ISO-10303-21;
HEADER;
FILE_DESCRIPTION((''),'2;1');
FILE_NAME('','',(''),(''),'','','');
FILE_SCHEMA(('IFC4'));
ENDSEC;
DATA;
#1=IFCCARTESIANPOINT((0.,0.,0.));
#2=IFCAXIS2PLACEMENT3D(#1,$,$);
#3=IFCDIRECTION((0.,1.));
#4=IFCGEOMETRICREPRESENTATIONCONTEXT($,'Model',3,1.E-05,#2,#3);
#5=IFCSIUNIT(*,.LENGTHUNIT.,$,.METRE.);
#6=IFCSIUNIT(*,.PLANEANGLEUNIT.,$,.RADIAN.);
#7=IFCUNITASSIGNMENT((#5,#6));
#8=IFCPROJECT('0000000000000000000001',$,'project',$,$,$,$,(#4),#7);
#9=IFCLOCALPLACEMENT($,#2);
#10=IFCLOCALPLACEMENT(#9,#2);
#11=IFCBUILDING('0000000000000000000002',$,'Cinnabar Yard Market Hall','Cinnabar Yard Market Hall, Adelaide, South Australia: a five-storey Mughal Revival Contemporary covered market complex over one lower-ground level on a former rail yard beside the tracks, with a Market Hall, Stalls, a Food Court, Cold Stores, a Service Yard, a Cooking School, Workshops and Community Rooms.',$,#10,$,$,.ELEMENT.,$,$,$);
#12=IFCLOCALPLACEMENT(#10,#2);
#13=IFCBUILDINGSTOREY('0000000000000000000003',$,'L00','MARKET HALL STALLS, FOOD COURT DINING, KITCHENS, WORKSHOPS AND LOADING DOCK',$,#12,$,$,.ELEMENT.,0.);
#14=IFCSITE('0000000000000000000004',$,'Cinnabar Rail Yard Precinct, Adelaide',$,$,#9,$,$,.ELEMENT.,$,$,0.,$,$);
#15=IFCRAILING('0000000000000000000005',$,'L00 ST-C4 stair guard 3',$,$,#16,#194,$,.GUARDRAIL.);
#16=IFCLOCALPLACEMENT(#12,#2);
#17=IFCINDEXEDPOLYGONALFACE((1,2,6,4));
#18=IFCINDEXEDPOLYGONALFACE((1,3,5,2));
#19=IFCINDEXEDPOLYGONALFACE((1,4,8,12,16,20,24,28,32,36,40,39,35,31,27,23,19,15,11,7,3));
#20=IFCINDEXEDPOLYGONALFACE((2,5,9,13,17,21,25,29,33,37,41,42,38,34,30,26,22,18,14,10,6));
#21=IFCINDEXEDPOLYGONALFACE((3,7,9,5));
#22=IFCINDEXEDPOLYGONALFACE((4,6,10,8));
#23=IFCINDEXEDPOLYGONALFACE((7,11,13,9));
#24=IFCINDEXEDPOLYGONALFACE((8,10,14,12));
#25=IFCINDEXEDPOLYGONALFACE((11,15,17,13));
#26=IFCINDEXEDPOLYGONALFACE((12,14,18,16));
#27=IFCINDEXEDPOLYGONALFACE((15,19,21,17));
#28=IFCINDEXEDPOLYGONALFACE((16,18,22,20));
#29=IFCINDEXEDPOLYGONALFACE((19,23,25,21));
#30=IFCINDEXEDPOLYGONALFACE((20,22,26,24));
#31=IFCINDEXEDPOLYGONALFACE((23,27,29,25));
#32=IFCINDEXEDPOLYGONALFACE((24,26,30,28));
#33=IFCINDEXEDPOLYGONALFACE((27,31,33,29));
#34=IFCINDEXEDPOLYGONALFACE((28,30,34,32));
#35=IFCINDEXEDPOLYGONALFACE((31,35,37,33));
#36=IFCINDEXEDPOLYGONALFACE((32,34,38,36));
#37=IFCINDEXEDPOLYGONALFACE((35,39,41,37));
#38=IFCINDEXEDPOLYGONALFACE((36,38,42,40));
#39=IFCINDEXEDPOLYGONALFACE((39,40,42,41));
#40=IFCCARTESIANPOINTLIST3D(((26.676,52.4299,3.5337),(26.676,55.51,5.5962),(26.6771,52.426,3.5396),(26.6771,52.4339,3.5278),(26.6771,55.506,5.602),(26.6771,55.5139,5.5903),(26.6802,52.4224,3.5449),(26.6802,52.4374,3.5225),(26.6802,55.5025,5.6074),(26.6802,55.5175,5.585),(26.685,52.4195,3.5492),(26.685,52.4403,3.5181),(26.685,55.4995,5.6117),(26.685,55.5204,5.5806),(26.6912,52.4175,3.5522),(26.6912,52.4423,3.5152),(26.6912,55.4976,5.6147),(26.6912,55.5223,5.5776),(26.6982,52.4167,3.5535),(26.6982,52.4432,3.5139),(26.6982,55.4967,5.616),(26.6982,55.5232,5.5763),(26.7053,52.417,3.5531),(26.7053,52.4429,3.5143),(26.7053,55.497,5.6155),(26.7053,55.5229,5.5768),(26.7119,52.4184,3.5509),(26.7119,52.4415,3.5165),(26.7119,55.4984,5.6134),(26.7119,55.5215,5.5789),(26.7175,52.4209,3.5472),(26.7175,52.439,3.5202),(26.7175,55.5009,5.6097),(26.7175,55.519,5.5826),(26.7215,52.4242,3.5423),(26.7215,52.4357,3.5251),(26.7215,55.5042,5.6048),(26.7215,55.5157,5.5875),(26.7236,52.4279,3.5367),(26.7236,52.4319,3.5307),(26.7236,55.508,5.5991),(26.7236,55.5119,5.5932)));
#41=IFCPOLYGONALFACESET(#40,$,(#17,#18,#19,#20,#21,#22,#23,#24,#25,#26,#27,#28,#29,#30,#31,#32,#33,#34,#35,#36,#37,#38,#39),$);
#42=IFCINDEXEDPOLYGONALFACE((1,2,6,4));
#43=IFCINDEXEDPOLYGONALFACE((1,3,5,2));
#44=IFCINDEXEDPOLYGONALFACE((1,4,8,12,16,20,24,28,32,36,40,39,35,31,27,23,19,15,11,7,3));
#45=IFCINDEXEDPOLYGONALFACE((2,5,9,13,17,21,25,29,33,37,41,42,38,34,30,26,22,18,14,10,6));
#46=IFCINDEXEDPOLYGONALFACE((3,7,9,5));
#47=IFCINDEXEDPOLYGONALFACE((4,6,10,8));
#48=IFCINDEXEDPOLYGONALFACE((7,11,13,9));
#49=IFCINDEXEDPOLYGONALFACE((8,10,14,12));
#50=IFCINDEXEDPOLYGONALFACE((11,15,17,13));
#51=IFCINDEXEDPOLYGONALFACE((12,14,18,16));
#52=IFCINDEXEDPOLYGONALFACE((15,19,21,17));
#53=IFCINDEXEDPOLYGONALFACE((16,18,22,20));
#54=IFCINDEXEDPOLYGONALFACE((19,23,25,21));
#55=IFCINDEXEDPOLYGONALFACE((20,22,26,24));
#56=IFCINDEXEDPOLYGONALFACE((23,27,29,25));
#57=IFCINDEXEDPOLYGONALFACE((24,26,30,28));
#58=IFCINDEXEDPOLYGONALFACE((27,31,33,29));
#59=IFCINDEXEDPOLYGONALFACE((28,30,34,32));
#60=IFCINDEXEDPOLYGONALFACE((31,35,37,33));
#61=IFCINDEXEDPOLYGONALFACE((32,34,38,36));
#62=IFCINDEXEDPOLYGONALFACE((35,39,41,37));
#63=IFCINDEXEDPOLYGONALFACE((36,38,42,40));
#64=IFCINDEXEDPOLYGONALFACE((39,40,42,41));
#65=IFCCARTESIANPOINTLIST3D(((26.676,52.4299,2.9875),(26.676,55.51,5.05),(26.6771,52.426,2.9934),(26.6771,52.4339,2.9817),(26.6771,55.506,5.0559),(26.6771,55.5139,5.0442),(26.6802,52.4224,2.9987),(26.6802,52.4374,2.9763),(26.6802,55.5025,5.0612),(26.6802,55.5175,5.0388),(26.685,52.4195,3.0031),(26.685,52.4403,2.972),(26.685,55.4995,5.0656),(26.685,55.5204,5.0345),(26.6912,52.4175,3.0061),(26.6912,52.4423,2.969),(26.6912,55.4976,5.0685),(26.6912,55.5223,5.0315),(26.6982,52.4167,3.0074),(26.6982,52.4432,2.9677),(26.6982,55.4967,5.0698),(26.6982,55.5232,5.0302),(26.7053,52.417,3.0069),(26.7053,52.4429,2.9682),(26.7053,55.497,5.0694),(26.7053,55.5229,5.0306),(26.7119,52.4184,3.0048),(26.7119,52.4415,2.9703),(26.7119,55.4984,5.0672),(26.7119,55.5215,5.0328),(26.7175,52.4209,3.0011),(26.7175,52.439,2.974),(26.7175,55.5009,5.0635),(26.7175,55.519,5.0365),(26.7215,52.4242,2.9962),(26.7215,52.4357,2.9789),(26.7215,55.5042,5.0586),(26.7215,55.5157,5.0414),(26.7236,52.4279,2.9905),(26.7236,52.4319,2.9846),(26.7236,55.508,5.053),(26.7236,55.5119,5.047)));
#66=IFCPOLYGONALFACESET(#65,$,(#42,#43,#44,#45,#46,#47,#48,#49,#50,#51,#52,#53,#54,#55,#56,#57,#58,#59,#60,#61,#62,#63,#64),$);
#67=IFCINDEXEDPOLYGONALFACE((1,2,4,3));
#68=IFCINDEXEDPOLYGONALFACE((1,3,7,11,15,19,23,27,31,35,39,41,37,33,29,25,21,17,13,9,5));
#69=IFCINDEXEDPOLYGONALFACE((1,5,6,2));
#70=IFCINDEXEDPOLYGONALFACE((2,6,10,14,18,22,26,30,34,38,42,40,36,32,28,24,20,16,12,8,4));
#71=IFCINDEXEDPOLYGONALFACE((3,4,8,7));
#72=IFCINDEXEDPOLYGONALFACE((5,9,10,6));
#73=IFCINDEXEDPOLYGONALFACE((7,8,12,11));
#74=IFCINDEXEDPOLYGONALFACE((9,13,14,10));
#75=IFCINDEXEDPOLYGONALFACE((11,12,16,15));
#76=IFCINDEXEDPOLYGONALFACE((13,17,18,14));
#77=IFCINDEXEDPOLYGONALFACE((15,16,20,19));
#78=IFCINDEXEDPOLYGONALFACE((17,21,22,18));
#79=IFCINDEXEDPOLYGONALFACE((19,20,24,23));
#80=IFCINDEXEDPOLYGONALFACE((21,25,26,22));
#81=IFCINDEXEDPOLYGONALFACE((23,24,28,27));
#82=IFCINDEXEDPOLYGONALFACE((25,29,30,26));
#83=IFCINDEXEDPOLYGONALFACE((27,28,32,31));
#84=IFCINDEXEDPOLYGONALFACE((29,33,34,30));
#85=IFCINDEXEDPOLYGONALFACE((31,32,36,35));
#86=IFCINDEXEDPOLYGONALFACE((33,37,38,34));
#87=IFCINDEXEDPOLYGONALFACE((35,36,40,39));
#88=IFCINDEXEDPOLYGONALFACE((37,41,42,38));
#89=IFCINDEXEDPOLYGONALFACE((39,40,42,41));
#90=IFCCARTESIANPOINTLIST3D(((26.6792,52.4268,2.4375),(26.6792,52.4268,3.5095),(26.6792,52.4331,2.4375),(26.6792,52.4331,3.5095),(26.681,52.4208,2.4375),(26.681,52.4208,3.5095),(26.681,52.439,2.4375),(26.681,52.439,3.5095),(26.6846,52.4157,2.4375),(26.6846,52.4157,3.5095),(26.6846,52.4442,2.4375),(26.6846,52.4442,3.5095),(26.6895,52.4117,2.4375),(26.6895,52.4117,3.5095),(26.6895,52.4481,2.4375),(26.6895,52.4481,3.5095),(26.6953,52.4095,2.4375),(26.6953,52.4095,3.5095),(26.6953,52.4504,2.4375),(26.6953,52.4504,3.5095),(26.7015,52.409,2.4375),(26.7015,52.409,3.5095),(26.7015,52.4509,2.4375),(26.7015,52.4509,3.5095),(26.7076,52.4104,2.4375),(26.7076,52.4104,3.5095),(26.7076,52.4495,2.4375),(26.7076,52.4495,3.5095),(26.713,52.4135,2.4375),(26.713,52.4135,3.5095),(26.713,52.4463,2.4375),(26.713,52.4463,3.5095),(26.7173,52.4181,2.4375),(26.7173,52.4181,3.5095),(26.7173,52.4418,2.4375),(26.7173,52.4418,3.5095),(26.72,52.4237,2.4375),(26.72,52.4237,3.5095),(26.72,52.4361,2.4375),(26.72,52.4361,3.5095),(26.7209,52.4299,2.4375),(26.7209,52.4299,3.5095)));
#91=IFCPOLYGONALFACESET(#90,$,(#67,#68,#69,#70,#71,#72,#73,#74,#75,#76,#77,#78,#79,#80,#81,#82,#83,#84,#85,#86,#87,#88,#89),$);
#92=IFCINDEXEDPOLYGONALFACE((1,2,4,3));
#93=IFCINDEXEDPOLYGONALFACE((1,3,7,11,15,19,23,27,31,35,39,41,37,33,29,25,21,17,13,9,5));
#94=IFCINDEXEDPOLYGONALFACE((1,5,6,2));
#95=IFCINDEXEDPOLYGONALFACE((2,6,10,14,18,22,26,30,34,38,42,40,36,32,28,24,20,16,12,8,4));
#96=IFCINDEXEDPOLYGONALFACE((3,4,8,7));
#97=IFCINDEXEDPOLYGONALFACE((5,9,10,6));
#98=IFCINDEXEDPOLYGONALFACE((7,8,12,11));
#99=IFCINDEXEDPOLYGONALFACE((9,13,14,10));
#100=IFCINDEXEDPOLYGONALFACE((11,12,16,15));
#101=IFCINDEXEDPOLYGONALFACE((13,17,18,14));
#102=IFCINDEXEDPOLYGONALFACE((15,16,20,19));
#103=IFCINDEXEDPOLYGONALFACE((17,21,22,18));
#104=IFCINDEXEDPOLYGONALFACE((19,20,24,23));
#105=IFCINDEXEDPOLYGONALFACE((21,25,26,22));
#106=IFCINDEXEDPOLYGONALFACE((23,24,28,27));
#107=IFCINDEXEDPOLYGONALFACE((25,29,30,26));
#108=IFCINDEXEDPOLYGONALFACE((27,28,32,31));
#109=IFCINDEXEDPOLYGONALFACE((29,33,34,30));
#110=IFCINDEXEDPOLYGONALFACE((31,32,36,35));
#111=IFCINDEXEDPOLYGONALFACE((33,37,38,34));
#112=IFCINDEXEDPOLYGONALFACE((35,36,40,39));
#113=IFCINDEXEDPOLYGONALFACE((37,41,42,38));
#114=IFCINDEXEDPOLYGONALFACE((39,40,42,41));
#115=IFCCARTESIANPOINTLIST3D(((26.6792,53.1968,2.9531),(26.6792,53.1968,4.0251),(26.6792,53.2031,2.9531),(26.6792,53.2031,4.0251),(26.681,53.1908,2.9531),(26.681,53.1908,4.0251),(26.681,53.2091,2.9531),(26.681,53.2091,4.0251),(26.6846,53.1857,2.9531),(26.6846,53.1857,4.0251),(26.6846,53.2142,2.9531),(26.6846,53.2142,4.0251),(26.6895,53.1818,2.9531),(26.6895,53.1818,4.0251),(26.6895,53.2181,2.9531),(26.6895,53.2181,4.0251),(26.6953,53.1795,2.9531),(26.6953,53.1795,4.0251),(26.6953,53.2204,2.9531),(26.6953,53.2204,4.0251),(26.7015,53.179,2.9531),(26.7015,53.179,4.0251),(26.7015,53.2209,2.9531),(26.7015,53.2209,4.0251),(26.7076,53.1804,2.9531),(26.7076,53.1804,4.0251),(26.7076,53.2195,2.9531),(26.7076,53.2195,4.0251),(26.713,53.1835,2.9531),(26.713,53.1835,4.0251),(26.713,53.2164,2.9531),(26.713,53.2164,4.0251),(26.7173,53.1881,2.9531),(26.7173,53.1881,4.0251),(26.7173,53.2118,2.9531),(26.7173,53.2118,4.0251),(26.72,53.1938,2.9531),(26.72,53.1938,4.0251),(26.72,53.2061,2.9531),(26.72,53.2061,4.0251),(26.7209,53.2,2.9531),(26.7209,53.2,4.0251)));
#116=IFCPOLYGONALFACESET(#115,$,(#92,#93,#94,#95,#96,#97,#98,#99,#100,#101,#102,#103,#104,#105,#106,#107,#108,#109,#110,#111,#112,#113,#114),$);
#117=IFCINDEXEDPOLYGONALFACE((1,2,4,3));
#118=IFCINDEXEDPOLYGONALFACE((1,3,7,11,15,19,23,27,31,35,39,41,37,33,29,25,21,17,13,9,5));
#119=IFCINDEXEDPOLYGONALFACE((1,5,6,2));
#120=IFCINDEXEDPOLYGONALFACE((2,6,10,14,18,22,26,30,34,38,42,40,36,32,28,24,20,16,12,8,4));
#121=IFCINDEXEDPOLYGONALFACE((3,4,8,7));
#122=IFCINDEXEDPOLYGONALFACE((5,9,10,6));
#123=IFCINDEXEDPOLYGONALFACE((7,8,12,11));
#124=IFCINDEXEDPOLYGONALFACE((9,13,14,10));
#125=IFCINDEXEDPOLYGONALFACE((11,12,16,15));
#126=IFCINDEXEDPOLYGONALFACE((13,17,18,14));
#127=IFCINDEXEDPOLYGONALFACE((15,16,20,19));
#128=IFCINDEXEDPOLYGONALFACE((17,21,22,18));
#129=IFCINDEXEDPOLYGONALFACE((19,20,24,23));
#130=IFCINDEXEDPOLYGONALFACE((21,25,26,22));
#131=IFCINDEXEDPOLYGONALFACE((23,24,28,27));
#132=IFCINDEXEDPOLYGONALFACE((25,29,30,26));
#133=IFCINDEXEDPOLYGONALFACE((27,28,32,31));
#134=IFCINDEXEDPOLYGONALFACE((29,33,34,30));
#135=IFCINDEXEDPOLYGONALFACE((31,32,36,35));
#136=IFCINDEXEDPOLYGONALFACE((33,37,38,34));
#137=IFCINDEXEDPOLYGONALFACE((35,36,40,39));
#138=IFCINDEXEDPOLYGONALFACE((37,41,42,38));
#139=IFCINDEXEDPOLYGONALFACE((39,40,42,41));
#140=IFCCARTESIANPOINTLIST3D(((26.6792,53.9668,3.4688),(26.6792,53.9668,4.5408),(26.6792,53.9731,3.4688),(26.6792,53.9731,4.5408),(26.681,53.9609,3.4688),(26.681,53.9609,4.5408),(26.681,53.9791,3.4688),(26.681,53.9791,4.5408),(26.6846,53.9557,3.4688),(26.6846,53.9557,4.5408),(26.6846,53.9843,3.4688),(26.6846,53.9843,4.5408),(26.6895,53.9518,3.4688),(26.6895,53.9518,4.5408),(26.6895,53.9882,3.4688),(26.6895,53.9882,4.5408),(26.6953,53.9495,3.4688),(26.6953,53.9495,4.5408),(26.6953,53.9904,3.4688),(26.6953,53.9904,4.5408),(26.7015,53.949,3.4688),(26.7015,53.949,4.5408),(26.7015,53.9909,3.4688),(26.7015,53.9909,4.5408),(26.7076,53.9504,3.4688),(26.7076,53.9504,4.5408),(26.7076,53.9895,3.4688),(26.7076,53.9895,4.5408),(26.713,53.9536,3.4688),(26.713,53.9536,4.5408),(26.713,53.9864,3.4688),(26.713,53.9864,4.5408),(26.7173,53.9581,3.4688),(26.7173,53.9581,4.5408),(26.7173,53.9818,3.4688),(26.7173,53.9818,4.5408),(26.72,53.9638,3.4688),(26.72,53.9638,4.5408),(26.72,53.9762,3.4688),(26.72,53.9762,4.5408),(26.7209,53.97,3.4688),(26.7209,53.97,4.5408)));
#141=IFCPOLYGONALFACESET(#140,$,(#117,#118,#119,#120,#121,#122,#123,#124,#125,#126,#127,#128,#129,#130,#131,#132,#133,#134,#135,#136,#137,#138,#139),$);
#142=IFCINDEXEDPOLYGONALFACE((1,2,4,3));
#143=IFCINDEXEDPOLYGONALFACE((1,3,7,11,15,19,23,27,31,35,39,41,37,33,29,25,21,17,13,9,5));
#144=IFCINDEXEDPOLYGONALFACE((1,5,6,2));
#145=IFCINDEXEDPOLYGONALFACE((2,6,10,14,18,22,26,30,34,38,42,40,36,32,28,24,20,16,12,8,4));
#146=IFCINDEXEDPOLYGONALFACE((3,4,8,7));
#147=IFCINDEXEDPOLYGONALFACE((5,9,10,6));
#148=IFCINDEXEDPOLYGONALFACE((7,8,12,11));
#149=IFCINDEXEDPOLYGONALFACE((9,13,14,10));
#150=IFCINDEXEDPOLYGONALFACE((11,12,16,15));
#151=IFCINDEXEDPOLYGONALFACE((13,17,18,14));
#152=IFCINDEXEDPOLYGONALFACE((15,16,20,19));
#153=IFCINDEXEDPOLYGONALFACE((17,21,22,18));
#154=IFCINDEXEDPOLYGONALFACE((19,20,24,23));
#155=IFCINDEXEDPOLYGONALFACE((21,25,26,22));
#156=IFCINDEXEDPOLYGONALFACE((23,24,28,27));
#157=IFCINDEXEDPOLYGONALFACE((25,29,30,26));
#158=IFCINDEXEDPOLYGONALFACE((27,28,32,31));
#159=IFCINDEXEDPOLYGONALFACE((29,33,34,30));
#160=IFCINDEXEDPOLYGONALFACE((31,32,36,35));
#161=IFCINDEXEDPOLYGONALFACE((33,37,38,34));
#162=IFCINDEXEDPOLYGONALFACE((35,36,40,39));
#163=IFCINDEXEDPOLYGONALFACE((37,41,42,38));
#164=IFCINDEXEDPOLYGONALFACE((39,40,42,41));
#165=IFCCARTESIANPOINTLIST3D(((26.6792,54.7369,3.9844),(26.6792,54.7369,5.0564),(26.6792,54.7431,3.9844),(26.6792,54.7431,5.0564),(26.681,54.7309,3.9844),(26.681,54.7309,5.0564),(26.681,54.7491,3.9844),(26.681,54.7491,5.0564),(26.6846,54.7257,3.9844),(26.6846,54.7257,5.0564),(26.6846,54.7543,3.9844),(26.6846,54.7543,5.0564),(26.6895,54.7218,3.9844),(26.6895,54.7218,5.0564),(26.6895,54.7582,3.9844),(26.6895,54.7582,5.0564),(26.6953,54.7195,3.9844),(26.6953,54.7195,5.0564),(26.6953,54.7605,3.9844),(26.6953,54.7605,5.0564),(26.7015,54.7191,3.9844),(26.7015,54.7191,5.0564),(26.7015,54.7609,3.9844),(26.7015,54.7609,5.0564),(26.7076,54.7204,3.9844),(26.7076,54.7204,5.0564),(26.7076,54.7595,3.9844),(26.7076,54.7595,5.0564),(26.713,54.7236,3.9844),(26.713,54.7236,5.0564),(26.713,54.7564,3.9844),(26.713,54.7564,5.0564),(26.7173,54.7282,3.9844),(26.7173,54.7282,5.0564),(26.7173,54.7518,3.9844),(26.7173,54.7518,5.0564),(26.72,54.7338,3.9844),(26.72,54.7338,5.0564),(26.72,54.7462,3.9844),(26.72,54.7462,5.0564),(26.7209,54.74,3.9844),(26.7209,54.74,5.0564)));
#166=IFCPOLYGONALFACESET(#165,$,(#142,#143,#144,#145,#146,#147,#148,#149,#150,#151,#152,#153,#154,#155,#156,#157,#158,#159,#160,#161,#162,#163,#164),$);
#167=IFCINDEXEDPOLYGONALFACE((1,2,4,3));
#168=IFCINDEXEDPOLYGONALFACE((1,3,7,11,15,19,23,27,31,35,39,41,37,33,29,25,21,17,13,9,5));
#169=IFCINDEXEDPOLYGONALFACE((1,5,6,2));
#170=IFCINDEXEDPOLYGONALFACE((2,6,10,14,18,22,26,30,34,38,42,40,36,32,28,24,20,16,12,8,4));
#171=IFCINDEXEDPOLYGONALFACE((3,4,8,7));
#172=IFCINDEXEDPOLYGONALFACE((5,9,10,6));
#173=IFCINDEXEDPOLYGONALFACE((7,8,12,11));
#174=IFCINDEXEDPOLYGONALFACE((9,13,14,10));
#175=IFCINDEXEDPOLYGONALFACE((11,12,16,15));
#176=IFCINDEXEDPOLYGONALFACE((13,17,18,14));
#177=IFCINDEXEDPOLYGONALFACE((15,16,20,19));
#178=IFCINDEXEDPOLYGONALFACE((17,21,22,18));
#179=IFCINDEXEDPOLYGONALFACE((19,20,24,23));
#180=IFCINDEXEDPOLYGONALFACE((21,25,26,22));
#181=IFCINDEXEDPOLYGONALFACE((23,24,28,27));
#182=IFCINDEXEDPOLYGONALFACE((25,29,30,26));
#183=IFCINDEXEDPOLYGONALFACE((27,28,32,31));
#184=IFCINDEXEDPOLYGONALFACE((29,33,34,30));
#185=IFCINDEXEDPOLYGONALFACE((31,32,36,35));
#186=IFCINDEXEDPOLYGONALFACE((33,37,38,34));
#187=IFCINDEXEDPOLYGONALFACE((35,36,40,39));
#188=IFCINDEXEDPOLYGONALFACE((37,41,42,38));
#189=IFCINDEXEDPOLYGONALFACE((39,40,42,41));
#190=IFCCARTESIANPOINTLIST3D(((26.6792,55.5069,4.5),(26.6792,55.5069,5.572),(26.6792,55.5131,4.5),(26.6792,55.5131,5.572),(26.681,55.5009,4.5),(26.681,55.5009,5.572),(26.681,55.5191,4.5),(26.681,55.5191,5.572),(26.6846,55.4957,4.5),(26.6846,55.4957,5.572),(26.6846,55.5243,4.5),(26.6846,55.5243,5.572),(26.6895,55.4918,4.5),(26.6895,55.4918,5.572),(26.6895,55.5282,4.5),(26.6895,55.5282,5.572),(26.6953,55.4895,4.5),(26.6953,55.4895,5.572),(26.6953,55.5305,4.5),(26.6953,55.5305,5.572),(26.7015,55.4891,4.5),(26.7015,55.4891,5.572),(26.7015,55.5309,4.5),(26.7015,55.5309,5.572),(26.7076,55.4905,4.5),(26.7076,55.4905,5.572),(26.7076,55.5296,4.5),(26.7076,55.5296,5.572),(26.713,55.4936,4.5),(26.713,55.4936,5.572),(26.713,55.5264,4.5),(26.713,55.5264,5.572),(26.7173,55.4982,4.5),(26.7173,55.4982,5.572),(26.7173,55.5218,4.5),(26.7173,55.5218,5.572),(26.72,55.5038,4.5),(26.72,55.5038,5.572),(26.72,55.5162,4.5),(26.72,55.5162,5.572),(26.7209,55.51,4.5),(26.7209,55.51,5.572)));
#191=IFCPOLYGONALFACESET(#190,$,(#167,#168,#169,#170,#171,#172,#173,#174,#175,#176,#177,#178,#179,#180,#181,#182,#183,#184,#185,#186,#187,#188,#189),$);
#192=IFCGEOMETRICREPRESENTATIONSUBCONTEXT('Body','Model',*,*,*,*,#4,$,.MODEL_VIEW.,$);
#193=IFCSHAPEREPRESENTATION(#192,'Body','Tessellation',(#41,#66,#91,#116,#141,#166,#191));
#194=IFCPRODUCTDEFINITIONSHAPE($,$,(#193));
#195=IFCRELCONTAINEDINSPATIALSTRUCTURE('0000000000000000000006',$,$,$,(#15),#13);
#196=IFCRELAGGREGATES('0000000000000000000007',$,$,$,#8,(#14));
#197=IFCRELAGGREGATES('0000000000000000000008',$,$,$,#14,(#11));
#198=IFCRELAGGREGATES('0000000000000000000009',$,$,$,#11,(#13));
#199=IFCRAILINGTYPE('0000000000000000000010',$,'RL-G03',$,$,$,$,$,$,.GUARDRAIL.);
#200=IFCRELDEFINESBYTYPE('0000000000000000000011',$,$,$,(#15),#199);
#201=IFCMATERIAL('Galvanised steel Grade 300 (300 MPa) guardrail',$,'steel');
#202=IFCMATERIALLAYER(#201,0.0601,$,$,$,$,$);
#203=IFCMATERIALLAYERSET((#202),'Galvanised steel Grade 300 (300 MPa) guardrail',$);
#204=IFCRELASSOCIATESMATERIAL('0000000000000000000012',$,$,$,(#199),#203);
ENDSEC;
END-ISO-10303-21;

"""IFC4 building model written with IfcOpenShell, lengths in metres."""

from ifc_helpers import new_model, si_unit, direction, frame, origin, origin_2d_with_axis, place, context, subcontext, project, spatial, circle, extrude, material, layer, layer_set, type_object, element, save


model = new_model("IFC4")

# Units and contexts
model_context = context("Model", 3, precision=1e-05, world=origin(), true_north=direction((0.0, 1.0)))
body_context = subcontext(model_context, "Body", "Model", "MODEL_VIEW")
ifc_project = project(units=[si_unit("LENGTHUNIT", "METRE"), si_unit("PLANEANGLEUNIT", "RADIAN")], contexts=[model_context])

# Site, building, storey
site_placement = place(None, origin())
site = spatial("IfcSite", under=ifc_project, at=site_placement, Name="Cinnabar Rail Yard Precinct, Adelaide", CompositionType="ELEMENT", RefElevation=0.0)
building_placement = place(site_placement, origin())
building = spatial("IfcBuilding", under=site, at=building_placement, Name="Cinnabar Yard Market Hall", Description="Cinnabar Yard Market Hall, Adelaide, South Australia: a five-storey Mughal Revival Contemporary covered market complex over one lower-ground level on a former rail yard beside the tracks, with a Market Hall, Stalls, a Food Court, Cold Stores, a Service Yard, a Cooking School, Workshops and Community Rooms.", CompositionType="ELEMENT")
storey_placement = place(building_placement, origin())
storey = spatial("IfcBuildingStorey", under=building, at=storey_placement, Name="L00", Description="MARKET HALL STALLS, FOOD COURT DINING, KITCHENS, WORKSHOPS AND LOADING DOCK", CompositionType="ELEMENT", Elevation=0.0)

# Railing
ifc_material_1 = material(Name="Galvanised steel Grade 300 (300 MPa) guardrail", Category="steel")
ifc_layer_1 = layer(ifc_material_1, 0.0601)
ifc_layer_set_1 = layer_set([ifc_layer_1], Name="Galvanised steel Grade 300 (300 MPa) guardrail")
railing_type_1 = type_object("IfcRailingType", Name="RL-G03", PredefinedType="GUARDRAIL", material=ifc_layer_set_1)
railing_1_placement = place(storey_placement, frame((26.7, 52.4299, 2.4375)))
element("IfcRailing", 1, at=railing_1_placement, inside=storey, type_object=railing_type_1, Name="L00 ST-C4 stair guard 3", PredefinedType="GUARDRAIL", context=body_context, shape_type="SweptSolid", body=[
    extrude(circle(Radius=0.0239, at=origin_2d_with_axis()), frame((0.0, 0.0, 1.0962), z_axis=(0.0, 0.830914, 0.556401), x_axis=(-1.0, 0.0, 0.0)), (0.0, 0.0, 1.0), 3.7068),
    extrude(circle(Radius=0.0239, at=origin_2d_with_axis()), frame((0.0, 0.0, 0.55), z_axis=(0.0, 0.830914, 0.556401), x_axis=(-1.0, 0.0, 0.0)), (0.0, 0.0, 1.0), 3.7068),
    extrude(circle(Radius=0.021, at=origin_2d_with_axis()), origin(), (0.0, 0.0, 1.0), 1.072),
    extrude(circle(Radius=0.021, at=origin_2d_with_axis()), frame((0.0, 0.77, 0.5156)), (0.0, 0.0, 1.0), 1.072),
    extrude(circle(Radius=0.021, at=origin_2d_with_axis()), frame((0.0, 1.54, 1.0312)), (0.0, 0.0, 1.0), 1.072),
    extrude(circle(Radius=0.021, at=origin_2d_with_axis()), frame((0.0, 2.3101, 1.5469)), (0.0, 0.0, 1.0), 1.072),
    extrude(circle(Radius=0.021, at=origin_2d_with_axis()), frame((0.0, 3.0801, 2.0625)), (0.0, 0.0, 1.0), 1.072),
])

save(model, "model.ifc")
